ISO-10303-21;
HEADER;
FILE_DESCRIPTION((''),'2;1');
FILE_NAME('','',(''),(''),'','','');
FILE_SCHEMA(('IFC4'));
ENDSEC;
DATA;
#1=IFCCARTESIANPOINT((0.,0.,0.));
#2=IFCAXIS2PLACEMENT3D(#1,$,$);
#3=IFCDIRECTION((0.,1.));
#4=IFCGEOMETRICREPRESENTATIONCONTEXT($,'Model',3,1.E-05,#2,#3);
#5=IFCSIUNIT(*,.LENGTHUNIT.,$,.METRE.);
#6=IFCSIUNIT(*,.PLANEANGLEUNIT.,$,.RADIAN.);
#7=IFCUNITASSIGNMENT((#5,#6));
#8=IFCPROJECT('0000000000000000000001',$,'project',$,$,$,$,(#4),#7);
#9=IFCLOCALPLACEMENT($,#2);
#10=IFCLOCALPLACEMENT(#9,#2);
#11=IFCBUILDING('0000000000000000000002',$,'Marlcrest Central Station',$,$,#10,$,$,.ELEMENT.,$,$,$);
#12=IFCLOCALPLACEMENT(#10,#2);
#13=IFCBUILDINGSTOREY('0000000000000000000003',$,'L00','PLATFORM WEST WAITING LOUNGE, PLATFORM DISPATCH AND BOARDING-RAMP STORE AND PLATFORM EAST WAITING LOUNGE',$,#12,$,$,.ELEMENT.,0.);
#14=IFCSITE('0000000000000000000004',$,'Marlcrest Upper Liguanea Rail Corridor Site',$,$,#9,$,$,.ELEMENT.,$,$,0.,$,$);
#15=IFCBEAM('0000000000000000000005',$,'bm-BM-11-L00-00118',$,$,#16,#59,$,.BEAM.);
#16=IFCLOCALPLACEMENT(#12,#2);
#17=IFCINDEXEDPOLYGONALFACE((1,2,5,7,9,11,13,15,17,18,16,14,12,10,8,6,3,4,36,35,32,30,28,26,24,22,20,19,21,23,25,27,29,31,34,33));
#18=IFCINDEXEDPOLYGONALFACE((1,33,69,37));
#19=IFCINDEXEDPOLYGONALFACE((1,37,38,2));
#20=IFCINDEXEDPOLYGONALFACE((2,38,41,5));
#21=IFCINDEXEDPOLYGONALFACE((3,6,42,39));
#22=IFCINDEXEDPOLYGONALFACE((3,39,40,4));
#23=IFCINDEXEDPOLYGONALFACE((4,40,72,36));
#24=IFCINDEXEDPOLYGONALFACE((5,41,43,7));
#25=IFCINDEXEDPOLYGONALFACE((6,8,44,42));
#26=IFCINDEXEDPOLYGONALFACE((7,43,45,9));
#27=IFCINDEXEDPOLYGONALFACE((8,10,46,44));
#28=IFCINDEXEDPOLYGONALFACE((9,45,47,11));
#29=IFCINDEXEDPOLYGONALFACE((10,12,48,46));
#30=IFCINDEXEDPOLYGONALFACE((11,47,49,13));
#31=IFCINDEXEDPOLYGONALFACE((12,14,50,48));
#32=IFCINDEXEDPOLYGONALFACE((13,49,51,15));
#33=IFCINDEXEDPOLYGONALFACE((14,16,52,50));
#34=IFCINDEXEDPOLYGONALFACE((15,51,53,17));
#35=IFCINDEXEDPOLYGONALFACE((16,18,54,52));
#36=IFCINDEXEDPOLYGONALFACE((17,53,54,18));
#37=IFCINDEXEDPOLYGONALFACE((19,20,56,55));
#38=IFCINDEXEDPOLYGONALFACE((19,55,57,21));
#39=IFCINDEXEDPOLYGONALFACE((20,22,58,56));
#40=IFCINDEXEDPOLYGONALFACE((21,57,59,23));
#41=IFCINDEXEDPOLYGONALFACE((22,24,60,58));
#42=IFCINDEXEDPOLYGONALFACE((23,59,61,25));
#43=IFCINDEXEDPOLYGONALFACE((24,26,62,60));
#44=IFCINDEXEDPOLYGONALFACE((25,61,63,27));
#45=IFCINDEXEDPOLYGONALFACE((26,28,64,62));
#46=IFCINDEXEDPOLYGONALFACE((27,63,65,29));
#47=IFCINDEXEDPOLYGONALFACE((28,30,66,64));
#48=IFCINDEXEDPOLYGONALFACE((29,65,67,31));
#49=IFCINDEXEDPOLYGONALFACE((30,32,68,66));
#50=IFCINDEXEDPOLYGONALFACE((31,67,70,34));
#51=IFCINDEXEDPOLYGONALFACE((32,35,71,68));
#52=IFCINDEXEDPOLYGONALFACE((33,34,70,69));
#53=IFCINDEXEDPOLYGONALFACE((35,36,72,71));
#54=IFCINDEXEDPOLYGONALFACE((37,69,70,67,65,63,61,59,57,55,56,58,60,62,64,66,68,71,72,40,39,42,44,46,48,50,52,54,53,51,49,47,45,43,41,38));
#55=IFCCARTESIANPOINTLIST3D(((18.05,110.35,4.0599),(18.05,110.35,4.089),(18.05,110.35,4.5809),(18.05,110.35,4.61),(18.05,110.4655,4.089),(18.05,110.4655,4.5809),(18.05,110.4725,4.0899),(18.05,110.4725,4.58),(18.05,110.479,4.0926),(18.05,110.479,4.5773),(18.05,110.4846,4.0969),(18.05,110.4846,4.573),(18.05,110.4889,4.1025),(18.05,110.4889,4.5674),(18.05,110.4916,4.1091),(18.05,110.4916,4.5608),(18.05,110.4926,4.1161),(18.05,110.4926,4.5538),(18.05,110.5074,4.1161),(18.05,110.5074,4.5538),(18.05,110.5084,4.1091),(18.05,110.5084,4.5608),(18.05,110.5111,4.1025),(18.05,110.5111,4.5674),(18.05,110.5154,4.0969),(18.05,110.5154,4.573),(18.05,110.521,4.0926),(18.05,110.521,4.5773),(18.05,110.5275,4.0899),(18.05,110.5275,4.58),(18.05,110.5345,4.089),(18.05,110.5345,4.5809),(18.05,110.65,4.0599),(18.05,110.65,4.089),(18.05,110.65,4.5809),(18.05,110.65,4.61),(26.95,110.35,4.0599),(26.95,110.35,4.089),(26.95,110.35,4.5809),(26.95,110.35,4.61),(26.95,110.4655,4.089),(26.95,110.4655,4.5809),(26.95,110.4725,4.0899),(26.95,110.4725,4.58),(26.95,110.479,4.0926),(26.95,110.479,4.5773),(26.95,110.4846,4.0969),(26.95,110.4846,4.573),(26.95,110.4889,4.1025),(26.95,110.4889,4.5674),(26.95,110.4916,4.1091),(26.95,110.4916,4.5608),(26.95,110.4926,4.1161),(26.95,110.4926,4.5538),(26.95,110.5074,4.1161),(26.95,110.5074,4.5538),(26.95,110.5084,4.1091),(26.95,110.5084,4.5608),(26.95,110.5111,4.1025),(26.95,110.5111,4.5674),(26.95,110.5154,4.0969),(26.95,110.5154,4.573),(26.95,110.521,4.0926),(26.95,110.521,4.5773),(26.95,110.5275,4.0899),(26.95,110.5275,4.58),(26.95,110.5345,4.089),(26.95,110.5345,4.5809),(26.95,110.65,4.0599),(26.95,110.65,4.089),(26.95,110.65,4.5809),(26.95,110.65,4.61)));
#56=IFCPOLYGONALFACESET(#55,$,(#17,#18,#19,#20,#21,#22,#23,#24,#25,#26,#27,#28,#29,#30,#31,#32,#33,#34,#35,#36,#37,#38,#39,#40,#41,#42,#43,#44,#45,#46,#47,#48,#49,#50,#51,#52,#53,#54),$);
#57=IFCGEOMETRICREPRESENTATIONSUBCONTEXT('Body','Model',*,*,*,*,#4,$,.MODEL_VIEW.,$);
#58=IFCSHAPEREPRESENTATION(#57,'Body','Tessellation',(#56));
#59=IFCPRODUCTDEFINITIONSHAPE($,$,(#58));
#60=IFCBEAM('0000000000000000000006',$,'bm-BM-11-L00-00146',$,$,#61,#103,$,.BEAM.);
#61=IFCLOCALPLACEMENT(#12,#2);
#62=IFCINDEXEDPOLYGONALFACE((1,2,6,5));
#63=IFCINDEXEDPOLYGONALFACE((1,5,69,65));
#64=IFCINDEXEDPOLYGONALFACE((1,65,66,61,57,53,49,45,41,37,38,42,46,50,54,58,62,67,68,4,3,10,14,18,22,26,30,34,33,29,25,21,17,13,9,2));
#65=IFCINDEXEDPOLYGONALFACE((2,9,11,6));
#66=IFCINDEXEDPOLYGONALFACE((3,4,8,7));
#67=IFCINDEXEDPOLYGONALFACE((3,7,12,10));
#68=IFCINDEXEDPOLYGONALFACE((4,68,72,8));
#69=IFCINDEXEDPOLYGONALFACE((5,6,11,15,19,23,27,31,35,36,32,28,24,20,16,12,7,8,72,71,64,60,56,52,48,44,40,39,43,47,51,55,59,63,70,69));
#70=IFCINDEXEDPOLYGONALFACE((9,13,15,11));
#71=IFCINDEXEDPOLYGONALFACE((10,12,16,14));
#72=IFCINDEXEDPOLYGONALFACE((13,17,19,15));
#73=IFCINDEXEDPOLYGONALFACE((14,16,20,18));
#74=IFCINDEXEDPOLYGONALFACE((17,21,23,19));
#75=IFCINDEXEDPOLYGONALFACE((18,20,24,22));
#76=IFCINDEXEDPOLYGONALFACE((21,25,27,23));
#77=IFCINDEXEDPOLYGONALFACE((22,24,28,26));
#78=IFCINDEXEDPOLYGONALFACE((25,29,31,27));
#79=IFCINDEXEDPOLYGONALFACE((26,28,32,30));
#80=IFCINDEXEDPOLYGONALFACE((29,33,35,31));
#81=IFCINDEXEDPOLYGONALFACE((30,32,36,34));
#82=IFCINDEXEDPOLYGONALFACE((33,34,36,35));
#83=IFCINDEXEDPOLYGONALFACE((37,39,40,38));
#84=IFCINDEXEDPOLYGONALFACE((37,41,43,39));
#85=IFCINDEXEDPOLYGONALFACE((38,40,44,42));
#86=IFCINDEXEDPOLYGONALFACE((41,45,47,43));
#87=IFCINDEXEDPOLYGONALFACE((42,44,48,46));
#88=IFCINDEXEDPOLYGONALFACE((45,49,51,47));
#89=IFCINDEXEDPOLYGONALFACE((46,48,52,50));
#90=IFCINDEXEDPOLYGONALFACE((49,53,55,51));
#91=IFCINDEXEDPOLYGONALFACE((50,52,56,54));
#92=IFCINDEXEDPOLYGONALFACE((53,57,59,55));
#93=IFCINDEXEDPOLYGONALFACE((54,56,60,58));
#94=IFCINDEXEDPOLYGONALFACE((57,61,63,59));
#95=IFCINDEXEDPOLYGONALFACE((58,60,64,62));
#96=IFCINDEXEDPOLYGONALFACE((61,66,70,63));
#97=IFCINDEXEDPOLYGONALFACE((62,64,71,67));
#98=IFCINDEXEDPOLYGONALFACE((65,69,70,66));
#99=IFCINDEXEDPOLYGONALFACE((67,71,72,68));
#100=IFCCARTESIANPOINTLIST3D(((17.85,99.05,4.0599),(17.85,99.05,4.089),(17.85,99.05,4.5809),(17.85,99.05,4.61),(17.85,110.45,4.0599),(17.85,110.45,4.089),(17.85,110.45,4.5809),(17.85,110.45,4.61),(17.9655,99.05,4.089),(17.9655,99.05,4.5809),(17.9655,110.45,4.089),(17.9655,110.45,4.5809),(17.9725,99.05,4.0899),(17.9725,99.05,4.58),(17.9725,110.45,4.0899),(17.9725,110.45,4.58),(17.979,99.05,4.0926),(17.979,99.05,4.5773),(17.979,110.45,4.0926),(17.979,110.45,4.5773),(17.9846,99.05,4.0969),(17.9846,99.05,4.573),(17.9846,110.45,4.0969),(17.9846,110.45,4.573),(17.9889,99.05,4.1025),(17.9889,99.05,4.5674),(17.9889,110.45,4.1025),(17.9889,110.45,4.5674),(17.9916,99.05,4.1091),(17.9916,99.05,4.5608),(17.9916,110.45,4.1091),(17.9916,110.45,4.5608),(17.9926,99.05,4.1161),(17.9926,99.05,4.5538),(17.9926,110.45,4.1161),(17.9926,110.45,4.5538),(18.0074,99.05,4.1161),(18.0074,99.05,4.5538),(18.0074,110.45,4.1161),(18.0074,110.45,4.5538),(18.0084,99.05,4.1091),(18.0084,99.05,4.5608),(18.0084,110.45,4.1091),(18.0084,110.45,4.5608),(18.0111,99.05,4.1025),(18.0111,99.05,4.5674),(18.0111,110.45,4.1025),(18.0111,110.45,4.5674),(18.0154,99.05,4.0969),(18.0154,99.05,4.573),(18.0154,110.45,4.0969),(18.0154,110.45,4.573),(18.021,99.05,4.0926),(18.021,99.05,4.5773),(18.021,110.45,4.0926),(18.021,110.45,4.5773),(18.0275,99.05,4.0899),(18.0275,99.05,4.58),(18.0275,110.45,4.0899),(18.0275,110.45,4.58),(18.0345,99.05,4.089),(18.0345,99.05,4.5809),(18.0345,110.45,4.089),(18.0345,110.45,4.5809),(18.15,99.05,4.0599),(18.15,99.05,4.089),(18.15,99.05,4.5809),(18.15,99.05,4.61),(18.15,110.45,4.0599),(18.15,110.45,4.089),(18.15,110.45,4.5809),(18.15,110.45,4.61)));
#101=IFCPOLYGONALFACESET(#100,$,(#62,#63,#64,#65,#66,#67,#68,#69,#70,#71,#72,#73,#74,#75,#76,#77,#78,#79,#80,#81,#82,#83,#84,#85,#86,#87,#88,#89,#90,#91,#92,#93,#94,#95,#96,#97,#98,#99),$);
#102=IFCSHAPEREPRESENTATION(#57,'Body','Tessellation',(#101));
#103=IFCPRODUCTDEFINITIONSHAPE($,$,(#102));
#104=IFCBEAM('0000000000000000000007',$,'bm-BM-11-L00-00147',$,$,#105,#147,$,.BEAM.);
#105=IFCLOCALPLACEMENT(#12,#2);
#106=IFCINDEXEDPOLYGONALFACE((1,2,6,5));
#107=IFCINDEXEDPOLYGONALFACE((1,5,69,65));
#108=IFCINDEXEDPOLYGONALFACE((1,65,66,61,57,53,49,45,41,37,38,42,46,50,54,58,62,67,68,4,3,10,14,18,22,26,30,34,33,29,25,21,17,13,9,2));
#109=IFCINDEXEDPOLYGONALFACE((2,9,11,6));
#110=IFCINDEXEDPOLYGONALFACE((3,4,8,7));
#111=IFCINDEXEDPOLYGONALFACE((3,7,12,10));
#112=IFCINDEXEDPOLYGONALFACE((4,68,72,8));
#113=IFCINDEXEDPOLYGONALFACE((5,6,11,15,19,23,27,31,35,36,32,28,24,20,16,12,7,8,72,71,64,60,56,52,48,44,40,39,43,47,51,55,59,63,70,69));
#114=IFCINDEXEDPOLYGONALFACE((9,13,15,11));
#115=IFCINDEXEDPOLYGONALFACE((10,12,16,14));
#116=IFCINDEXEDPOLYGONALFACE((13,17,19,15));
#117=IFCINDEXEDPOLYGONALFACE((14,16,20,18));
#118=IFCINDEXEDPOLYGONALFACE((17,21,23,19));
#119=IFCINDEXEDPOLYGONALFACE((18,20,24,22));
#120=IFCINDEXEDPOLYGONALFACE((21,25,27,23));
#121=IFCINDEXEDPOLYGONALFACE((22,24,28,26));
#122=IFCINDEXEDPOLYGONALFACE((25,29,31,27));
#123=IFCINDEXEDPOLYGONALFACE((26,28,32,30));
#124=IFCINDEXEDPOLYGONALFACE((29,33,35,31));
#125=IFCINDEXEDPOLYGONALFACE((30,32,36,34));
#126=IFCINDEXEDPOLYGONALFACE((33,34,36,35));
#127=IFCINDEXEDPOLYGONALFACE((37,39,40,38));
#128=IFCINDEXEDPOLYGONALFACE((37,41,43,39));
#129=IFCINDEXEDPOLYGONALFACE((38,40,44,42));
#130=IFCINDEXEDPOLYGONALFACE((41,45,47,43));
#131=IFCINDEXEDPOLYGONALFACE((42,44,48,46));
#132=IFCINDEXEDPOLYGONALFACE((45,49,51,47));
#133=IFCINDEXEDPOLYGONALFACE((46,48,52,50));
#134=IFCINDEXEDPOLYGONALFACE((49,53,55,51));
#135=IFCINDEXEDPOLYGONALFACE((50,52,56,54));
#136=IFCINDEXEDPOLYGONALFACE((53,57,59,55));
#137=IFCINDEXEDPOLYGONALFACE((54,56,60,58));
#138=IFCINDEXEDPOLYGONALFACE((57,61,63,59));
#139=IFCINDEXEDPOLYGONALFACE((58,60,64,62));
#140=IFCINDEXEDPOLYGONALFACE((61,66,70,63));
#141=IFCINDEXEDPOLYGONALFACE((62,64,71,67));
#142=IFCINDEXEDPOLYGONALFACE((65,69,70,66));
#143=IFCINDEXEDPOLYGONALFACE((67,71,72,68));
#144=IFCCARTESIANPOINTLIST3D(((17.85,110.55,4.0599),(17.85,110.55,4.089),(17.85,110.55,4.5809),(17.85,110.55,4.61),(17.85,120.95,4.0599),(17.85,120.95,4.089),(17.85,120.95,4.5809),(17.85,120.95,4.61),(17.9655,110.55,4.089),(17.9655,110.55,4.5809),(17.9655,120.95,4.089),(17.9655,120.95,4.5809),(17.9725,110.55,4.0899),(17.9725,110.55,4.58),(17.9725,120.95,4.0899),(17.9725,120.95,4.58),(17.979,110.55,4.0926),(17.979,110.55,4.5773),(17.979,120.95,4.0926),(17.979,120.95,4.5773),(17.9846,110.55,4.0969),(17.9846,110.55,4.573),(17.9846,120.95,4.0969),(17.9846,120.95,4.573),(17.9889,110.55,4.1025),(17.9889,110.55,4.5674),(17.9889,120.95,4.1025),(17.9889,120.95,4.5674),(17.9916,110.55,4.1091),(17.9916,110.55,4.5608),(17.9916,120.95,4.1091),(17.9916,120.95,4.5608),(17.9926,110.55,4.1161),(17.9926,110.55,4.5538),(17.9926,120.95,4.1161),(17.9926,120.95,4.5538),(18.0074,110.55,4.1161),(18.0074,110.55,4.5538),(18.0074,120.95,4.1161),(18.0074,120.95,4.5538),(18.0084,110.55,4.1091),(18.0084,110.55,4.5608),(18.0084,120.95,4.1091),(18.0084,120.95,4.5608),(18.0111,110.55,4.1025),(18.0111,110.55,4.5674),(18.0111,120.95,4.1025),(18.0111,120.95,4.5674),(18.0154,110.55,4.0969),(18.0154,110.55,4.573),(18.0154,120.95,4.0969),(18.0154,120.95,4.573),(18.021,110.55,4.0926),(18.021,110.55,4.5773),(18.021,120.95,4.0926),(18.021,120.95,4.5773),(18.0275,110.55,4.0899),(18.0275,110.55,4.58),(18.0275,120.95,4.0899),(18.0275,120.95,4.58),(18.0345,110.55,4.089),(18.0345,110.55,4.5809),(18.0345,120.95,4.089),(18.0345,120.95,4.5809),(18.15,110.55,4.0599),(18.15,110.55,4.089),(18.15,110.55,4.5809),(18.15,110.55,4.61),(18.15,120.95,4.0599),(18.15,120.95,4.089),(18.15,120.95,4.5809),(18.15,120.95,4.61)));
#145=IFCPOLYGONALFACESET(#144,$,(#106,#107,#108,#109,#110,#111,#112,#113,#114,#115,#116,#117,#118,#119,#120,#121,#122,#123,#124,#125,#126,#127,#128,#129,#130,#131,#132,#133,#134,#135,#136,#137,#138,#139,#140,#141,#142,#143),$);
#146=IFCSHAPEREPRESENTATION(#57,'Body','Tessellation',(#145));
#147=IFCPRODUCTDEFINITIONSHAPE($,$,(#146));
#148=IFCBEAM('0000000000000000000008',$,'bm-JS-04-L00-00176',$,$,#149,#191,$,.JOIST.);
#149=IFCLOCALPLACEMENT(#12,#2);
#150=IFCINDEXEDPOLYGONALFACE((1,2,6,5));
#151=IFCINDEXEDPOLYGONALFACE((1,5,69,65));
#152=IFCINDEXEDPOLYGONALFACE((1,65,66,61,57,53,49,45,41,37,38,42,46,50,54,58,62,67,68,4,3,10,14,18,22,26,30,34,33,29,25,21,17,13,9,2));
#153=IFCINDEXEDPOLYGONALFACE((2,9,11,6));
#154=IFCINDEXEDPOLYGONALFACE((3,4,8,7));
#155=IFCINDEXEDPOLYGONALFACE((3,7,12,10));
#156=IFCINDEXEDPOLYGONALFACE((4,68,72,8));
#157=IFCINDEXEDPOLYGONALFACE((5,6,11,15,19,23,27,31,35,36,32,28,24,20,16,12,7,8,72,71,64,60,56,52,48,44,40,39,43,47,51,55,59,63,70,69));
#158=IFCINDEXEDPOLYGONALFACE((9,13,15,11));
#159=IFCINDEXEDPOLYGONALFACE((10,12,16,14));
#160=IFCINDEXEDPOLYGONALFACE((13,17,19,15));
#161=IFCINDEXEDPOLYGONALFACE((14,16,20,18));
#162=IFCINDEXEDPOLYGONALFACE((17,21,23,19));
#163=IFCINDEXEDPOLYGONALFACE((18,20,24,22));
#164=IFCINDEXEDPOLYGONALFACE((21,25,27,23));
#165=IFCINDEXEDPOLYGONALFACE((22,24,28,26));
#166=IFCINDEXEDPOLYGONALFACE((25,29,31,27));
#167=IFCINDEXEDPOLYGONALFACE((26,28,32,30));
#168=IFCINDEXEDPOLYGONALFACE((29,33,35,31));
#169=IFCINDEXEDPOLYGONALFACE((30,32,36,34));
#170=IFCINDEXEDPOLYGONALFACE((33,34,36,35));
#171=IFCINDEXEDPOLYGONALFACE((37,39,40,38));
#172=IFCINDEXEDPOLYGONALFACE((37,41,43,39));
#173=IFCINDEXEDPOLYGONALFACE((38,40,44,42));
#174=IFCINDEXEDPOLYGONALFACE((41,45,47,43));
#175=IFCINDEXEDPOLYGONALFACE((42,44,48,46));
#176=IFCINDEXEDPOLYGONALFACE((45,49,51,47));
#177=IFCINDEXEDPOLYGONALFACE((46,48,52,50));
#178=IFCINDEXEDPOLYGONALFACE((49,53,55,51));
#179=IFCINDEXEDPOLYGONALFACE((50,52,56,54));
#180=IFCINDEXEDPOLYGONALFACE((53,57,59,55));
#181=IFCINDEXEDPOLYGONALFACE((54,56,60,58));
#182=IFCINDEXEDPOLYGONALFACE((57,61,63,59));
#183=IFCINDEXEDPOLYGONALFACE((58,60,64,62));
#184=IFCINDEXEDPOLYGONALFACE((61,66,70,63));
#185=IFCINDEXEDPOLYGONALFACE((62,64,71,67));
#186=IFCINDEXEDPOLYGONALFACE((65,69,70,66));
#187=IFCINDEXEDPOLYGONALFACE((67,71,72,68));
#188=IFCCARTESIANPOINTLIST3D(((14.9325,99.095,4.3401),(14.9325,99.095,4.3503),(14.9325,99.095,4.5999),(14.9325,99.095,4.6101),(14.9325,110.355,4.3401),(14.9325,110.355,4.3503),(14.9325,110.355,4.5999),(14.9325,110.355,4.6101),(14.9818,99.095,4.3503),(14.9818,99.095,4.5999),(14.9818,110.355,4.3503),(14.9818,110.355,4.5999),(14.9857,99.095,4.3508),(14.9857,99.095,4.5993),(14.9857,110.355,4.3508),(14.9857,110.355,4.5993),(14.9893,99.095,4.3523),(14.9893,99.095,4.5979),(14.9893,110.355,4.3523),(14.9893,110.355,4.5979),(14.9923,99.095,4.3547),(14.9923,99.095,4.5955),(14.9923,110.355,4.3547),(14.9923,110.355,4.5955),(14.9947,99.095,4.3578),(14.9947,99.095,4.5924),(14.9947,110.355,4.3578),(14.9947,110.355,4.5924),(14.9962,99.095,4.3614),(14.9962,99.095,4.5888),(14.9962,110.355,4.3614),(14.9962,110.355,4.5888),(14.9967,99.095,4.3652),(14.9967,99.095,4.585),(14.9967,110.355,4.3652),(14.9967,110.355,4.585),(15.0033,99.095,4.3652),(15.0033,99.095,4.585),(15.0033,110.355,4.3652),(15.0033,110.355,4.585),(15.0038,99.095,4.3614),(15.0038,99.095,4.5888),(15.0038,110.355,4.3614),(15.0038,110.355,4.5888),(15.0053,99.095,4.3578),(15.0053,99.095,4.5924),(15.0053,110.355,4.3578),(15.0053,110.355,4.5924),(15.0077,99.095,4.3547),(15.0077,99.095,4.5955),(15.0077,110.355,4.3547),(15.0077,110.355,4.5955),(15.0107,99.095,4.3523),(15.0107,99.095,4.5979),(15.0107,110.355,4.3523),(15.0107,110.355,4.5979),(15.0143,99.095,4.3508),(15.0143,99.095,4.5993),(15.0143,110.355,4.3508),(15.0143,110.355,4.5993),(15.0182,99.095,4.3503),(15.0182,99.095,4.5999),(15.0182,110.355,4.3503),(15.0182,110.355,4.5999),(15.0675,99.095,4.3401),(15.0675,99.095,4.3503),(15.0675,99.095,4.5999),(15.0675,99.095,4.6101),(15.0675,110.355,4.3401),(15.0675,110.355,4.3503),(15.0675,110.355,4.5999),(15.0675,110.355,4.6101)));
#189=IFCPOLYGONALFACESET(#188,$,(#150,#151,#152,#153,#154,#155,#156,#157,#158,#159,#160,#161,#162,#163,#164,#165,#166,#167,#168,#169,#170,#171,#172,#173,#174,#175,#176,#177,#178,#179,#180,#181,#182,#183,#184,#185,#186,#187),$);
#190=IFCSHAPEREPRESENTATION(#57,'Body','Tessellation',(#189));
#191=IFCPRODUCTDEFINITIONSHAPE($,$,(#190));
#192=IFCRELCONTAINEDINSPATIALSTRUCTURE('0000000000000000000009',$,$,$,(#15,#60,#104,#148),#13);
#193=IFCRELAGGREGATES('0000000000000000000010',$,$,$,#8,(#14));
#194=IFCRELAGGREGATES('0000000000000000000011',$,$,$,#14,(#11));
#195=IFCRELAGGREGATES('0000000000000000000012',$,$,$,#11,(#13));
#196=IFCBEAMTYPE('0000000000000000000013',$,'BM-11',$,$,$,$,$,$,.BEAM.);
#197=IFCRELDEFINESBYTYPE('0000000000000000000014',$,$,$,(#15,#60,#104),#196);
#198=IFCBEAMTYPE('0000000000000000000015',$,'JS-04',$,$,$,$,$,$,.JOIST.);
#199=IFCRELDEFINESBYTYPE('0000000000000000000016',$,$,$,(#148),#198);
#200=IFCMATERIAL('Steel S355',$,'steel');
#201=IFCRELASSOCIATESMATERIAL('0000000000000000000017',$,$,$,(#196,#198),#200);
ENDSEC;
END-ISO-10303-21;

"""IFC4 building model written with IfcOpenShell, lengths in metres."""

from ifc_helpers import new_model, si_unit, direction, frame, origin, origin_2d, place, context, subcontext, project, spatial, i_section, extrude, material, material_profile, profile_set, type_object, element, save


model = new_model("IFC4")

# Units and contexts
model_context = context("Model", 3, precision=1e-05, world=origin(), true_north=direction((0.0, 1.0)))
body_context = subcontext(model_context, "Body", "Model", "MODEL_VIEW")
ifc_project = project(units=[si_unit("LENGTHUNIT", "METRE"), si_unit("PLANEANGLEUNIT", "RADIAN")], contexts=[model_context])

# Site, building, storey
site_placement = place(None, origin())
site = spatial("IfcSite", under=ifc_project, at=site_placement, Name="Marlcrest Upper Liguanea Rail Corridor Site", CompositionType="ELEMENT", RefElevation=0.0)
building_placement = place(site_placement, origin())
building = spatial("IfcBuilding", under=site, at=building_placement, Name="Marlcrest Central Station", CompositionType="ELEMENT")
storey_placement = place(building_placement, origin())
storey = spatial("IfcBuildingStorey", under=building, at=storey_placement, Name="L00", Description="PLATFORM WEST WAITING LOUNGE, PLATFORM DISPATCH AND BOARDING-RAMP STORE AND PLATFORM EAST WAITING LOUNGE", CompositionType="ELEMENT", Elevation=0.0)

# Shared definitions
ifc_material_1 = material(Name="Steel S355", Category="steel")

# Beams
ifc_material_profile_1 = material_profile(ifc_material_1, i_section(OverallWidth=0.3, OverallDepth=0.55, WebThickness=0.0149, FlangeThickness=0.0291, FilletRadius=0.0271, at=origin_2d()), Name="HEB 550")
ifc_profile_set_1 = profile_set([ifc_material_profile_1], Name="Steel S355")
beam_type_1 = type_object("IfcBeamType", Name="BM-11", PredefinedType="BEAM", material=ifc_profile_set_1)
beam_1_placement = place(storey_placement, frame((18.05, 110.5, 4.335), z_axis=(1.0, 0.0, 0.0), x_axis=(0.0, 1.0, 0.0)))
element("IfcBeam", 1, at=beam_1_placement, inside=storey, type_object=beam_type_1, Name="bm-BM-11-L00-00118", PredefinedType="BEAM", context=body_context, shape_type="SweptSolid", body=[
    extrude(i_section(OverallWidth=0.3, OverallDepth=0.55, WebThickness=0.0149, FlangeThickness=0.0291, FilletRadius=0.0271, at=origin_2d()), origin(), (0.0, 0.0, 1.0), 8.8999),
])
beam_2_placement = place(storey_placement, frame((18.0, 99.05, 4.335), z_axis=(0.0, 1.0, 0.0), x_axis=(-1.0, 0.0, 0.0)))
element("IfcBeam", 2, at=beam_2_placement, inside=storey, type_object=beam_type_1, Name="bm-BM-11-L00-00146", PredefinedType="BEAM", context=body_context, shape_type="SweptSolid", body=[
    extrude(i_section(OverallWidth=0.3, OverallDepth=0.55, WebThickness=0.0149, FlangeThickness=0.0291, FilletRadius=0.0271, at=origin_2d()), origin(), (0.0, 0.0, 1.0), 11.3999),
])
beam_3_placement = place(storey_placement, frame((18.0, 110.55, 4.335), z_axis=(0.0, 1.0, 0.0), x_axis=(-1.0, 0.0, 0.0)))
element("IfcBeam", 3, at=beam_3_placement, inside=storey, type_object=beam_type_1, Name="bm-BM-11-L00-00147", PredefinedType="BEAM", context=body_context, shape_type="SweptSolid", body=[
    extrude(i_section(OverallWidth=0.3, OverallDepth=0.55, WebThickness=0.0149, FlangeThickness=0.0291, FilletRadius=0.0271, at=origin_2d()), origin(), (0.0, 0.0, 1.0), 10.3999),
])
ifc_material_profile_2 = material_profile(ifc_material_1, i_section(OverallWidth=0.135, OverallDepth=0.27, WebThickness=0.0066, FlangeThickness=0.0103, FilletRadius=0.0149, at=origin_2d()), Name="IPE 270")
ifc_profile_set_2 = profile_set([ifc_material_profile_2], Name="Steel S355")
beam_type_2 = type_object("IfcBeamType", Name="JS-04", PredefinedType="JOIST", material=ifc_profile_set_2)
beam_4_placement = place(storey_placement, frame((15.0, 99.095, 4.4751), z_axis=(0.0, 1.0, 0.0), x_axis=(-1.0, 0.0, 0.0)))
element("IfcBeam", 4, at=beam_4_placement, inside=storey, type_object=beam_type_2, Name="bm-JS-04-L00-00176", PredefinedType="JOIST", context=body_context, shape_type="SweptSolid", body=[
    extrude(i_section(OverallWidth=0.135, OverallDepth=0.27, WebThickness=0.0066, FlangeThickness=0.0103, FilletRadius=0.0149, at=origin_2d()), origin(), (0.0, 0.0, 1.0), 11.26),
])

save(model, "model.ifc")
